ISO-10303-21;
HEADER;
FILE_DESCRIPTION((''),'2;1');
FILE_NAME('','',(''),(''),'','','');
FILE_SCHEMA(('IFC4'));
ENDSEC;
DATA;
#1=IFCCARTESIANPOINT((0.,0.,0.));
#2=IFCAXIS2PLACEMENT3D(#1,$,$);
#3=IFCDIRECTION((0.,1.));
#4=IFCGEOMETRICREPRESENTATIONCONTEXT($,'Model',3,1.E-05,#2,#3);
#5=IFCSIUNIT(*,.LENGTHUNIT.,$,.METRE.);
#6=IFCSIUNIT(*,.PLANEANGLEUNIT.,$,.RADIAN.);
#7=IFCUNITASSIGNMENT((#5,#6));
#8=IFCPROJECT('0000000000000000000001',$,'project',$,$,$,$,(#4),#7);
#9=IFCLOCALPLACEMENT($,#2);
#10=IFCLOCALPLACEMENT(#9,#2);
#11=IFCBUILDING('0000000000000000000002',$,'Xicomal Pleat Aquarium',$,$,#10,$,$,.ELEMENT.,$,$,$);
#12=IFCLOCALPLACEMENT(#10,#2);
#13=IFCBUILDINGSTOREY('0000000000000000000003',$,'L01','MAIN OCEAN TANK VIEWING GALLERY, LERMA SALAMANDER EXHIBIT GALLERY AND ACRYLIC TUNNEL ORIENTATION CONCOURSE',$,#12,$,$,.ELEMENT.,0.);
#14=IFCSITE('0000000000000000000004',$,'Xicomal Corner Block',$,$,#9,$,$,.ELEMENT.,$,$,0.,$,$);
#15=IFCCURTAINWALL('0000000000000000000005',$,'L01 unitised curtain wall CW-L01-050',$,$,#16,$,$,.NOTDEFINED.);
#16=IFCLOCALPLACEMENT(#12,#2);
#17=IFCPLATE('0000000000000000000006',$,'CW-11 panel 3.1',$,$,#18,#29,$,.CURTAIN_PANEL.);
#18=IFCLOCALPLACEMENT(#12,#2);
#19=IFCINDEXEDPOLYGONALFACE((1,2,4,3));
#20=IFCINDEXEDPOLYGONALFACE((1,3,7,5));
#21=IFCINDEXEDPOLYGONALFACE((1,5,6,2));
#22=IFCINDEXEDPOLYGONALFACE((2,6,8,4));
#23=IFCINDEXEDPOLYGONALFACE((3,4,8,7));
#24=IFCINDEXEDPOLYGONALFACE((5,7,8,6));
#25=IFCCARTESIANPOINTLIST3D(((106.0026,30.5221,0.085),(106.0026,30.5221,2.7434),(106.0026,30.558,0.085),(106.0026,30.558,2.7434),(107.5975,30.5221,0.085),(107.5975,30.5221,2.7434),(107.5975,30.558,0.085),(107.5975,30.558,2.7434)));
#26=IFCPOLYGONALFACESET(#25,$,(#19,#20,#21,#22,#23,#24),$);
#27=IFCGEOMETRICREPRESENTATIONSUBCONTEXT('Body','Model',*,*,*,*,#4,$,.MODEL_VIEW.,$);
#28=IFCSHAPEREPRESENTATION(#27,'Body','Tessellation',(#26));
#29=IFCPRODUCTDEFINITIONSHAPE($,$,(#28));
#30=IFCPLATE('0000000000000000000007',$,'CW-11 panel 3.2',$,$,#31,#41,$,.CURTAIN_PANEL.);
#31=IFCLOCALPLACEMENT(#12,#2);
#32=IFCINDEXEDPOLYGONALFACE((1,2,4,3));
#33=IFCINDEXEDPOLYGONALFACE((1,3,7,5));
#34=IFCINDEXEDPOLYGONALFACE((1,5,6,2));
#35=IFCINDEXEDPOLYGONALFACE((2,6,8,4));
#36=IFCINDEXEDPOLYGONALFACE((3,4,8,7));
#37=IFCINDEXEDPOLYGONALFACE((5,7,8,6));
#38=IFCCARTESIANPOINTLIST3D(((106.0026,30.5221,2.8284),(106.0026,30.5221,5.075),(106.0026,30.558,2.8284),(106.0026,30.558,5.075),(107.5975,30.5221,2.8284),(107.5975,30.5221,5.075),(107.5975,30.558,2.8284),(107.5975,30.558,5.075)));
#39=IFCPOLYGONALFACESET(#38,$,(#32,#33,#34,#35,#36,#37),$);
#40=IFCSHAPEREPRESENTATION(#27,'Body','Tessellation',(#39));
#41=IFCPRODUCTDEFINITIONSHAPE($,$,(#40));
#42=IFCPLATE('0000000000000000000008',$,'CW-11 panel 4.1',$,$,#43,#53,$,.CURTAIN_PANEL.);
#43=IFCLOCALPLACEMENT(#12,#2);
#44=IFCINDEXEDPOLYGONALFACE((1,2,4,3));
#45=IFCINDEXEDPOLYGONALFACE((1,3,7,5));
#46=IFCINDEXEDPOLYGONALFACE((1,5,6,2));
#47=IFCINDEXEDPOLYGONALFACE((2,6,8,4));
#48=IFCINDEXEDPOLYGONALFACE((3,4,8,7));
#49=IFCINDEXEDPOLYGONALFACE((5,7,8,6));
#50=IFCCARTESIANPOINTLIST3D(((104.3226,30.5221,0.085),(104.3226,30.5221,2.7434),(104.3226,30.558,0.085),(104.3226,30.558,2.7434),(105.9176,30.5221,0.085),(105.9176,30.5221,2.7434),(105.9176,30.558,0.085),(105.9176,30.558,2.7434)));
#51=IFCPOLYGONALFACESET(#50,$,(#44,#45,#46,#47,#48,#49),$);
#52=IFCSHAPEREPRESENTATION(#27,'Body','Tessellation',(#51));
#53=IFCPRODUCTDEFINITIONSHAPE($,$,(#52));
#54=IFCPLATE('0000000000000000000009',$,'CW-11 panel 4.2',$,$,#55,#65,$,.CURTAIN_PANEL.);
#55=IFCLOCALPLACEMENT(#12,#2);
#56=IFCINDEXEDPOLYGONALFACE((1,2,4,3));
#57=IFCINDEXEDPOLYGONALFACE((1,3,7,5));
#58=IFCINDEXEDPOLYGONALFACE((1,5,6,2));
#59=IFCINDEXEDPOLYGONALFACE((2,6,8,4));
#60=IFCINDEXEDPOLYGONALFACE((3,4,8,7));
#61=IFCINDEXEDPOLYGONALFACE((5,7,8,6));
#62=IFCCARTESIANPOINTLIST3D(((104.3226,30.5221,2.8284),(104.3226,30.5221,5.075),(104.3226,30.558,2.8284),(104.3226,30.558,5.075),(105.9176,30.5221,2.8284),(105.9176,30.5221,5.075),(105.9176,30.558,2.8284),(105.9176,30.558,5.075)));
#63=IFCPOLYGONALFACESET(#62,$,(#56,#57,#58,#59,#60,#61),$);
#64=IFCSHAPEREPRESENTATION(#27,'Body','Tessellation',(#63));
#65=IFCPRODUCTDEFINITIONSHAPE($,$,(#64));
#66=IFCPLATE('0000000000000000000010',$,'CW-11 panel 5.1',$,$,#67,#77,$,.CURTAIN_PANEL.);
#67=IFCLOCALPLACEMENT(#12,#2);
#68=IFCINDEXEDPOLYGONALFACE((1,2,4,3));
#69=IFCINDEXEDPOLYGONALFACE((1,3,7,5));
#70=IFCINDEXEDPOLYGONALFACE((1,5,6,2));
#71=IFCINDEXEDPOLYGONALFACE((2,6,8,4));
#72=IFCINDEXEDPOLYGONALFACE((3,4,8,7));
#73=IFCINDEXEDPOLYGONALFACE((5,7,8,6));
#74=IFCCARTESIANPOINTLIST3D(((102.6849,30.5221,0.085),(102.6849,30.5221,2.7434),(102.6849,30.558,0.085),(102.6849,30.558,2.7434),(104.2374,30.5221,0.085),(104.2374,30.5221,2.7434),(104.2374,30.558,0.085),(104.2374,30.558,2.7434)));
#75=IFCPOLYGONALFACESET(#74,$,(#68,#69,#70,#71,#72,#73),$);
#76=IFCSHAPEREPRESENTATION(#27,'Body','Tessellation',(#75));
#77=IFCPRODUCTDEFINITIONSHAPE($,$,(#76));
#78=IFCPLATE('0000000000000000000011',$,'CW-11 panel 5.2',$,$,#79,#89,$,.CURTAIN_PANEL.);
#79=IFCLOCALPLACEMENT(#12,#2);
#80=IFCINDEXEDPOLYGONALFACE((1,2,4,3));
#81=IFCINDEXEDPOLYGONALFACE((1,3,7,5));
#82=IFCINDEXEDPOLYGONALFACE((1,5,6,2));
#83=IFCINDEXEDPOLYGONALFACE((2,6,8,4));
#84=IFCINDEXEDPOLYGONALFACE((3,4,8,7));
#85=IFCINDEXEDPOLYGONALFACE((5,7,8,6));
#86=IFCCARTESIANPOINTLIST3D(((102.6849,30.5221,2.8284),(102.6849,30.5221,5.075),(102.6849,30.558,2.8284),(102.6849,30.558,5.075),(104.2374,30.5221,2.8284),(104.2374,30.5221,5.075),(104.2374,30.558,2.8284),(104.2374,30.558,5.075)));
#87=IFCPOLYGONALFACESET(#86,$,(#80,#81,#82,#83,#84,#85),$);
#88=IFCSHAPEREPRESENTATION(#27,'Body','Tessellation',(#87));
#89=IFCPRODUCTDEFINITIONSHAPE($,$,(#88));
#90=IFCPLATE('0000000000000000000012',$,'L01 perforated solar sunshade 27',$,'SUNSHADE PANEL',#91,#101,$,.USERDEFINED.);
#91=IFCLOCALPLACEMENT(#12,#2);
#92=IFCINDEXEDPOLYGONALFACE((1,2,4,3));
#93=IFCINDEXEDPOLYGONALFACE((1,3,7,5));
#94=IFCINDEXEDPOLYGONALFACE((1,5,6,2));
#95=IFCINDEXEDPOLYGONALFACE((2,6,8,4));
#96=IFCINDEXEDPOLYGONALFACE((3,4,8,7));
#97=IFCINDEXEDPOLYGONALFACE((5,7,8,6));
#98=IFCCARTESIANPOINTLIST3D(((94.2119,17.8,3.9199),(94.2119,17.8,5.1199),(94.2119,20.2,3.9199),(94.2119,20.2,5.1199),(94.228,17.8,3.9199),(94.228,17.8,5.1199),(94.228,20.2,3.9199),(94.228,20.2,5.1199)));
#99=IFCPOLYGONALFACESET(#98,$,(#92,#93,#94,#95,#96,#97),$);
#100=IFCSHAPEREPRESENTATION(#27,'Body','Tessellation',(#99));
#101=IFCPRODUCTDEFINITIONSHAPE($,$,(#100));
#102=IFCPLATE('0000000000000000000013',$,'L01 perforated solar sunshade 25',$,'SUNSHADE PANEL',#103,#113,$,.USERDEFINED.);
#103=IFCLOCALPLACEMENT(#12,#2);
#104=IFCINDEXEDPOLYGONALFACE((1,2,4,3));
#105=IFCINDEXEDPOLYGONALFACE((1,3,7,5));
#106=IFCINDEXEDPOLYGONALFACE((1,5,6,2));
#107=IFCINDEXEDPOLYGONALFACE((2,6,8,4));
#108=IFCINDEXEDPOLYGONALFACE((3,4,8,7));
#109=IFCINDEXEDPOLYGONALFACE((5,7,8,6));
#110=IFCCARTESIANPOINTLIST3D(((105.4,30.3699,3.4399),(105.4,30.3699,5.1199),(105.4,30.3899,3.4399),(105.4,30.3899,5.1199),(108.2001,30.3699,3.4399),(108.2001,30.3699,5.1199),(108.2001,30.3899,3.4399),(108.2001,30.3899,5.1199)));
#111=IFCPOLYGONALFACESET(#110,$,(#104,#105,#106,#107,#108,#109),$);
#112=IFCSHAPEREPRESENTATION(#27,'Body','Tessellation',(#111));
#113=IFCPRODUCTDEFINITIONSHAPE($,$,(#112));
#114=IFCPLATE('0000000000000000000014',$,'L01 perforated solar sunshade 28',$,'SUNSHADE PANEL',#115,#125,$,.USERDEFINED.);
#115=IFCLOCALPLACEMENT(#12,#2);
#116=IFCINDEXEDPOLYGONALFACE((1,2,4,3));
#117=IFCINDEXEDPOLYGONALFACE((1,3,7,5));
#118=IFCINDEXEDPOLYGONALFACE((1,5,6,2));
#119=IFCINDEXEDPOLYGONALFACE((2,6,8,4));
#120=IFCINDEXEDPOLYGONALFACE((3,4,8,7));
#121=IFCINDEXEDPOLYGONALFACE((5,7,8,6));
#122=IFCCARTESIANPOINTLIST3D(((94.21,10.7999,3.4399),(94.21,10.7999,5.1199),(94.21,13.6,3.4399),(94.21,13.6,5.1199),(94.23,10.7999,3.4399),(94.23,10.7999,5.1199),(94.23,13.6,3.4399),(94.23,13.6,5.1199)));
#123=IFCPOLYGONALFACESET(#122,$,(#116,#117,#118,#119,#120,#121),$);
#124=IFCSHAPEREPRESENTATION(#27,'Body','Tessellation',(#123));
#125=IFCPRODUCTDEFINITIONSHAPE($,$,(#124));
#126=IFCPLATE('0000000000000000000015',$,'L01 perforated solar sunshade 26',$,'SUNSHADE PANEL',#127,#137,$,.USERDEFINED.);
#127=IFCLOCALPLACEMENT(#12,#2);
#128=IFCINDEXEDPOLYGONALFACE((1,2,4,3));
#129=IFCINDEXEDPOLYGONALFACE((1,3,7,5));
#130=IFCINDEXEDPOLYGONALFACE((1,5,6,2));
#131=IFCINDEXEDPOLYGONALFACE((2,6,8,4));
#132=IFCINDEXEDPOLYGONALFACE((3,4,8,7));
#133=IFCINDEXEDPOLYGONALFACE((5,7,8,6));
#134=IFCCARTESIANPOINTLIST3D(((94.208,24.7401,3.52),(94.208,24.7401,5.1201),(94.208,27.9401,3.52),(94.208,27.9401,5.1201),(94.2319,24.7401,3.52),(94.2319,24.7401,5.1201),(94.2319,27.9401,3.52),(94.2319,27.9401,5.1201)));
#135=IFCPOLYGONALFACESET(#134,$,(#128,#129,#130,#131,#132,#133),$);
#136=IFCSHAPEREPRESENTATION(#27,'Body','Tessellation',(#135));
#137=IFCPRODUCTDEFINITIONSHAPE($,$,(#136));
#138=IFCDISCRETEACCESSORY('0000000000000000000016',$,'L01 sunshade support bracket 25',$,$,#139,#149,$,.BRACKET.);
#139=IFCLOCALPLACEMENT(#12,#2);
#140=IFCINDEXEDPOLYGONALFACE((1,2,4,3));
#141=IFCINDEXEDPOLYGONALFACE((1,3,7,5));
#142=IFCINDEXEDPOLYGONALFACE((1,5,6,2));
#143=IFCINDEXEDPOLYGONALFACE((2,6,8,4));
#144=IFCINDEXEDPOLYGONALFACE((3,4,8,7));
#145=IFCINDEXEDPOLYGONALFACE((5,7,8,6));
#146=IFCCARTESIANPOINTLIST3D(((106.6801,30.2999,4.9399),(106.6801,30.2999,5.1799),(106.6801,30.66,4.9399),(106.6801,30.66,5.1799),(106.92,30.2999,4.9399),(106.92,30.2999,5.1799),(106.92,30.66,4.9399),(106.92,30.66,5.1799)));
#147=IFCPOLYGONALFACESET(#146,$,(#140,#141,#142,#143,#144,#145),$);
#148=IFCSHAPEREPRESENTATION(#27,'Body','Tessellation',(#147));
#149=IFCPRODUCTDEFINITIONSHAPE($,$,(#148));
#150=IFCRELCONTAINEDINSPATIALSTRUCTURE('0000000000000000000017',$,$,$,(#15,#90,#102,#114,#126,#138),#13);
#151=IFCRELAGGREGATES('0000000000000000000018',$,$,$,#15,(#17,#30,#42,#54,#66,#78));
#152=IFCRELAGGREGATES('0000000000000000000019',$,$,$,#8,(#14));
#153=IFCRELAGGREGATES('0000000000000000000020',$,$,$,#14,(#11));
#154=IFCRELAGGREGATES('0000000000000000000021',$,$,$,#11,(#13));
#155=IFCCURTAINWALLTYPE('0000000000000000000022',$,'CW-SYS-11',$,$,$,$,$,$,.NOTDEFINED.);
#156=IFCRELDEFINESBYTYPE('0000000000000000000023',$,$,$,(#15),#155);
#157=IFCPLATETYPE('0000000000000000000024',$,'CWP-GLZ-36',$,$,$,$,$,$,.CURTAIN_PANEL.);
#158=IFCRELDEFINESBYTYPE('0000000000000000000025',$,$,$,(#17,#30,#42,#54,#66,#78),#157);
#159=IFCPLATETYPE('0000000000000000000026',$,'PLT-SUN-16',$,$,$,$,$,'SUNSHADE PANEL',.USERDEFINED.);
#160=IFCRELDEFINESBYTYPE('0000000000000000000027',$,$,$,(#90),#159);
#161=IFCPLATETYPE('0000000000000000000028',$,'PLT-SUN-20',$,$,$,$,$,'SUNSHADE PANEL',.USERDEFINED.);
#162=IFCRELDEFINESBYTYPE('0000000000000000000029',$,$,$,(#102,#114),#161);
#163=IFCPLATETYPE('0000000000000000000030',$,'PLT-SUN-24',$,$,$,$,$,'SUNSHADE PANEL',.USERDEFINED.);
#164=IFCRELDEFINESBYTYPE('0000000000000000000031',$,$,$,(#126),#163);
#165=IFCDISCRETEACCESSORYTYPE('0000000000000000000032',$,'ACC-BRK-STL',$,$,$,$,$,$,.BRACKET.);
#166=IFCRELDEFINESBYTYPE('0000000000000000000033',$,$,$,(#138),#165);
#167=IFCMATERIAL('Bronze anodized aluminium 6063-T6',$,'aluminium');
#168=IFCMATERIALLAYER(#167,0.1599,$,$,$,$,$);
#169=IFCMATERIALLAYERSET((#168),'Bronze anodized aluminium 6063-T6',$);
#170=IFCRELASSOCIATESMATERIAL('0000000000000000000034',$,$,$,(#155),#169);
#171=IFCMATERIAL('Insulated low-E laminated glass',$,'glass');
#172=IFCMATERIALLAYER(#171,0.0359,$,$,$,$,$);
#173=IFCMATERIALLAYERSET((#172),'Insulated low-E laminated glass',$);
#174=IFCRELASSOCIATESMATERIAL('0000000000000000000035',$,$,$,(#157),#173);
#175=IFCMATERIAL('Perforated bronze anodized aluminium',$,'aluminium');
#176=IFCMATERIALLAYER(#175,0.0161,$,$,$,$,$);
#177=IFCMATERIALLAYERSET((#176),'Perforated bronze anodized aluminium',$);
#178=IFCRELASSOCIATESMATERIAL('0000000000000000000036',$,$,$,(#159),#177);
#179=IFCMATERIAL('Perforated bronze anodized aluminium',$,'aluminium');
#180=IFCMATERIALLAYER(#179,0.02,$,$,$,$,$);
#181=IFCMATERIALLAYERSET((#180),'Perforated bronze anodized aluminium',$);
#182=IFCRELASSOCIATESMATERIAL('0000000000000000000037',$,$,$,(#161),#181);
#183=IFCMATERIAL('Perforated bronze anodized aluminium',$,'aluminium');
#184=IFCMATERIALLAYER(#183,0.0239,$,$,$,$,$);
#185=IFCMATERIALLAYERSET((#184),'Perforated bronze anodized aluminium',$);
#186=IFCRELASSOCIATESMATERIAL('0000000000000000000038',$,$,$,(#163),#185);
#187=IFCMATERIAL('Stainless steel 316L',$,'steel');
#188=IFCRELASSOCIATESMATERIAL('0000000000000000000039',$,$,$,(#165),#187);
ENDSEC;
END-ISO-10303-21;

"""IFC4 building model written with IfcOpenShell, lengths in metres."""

from ifc_helpers import new_model, si_unit, direction, frame, origin, origin_2d, place, context, subcontext, project, spatial, rectangle, extrude, material, layer, layer_set, type_object, element, aggregate, save


model = new_model("IFC4")

# Units and contexts
model_context = context("Model", 3, precision=1e-05, world=origin(), true_north=direction((0.0, 1.0)))
body_context = subcontext(model_context, "Body", "Model", "MODEL_VIEW")
ifc_project = project(units=[si_unit("LENGTHUNIT", "METRE"), si_unit("PLANEANGLEUNIT", "RADIAN")], contexts=[model_context])

# Site, building, storey
site_placement = place(None, origin())
site = spatial("IfcSite", under=ifc_project, at=site_placement, Name="Xicomal Corner Block", CompositionType="ELEMENT", RefElevation=0.0)
building_placement = place(site_placement, origin())
building = spatial("IfcBuilding", under=site, at=building_placement, Name="Xicomal Pleat Aquarium", CompositionType="ELEMENT")
storey_placement = place(building_placement, origin())
storey = spatial("IfcBuildingStorey", under=building, at=storey_placement, Name="L01", Description="MAIN OCEAN TANK VIEWING GALLERY, LERMA SALAMANDER EXHIBIT GALLERY AND ACRYLIC TUNNEL ORIENTATION CONCOURSE", CompositionType="ELEMENT", Elevation=0.0)

# Curtain wall, plates
ifc_material_1 = material(Name="Bronze anodized aluminium 6063-T6", Category="aluminium")
ifc_layer_1 = layer(ifc_material_1, 0.1599)
ifc_layer_set_1 = layer_set([ifc_layer_1], Name="Bronze anodized aluminium 6063-T6")
curtain_wall_type = type_object("IfcCurtainWallType", Name="CW-SYS-11", PredefinedType="NOTDEFINED", material=ifc_layer_set_1)
curtain_wall_placement = place(storey_placement, origin())
curtain_wall = element("IfcCurtainWall", 1, at=curtain_wall_placement, inside=storey, type_object=curtain_wall_type, Name="L01 unitised curtain wall CW-L01-050", PredefinedType="NOTDEFINED")
ifc_material_2 = material(Name="Insulated low-E laminated glass", Category="glass")
ifc_layer_2 = layer(ifc_material_2, 0.0359)
ifc_layer_set_2 = layer_set([ifc_layer_2], Name="Insulated low-E laminated glass")
plate_type_1 = type_object("IfcPlateType", Name="CWP-GLZ-36", PredefinedType="CURTAIN_PANEL", material=ifc_layer_set_2)
plate_1_placement = place(storey_placement, frame((106.8, 30.54, 0.085), z_axis=(0.0, 0.0, 1.0), x_axis=(-1.0, 0.0, 0.0)))
plate_1 = element("IfcPlate", 2, at=plate_1_placement, type_object=plate_type_1, Name="CW-11 panel 3.1", PredefinedType="CURTAIN_PANEL", context=body_context, shape_type="SweptSolid", body=[
    extrude(rectangle(XDim=1.595, YDim=0.0359, at=origin_2d()), origin(), (0.0, 0.0, 1.0), 2.6584),
])
plate_2_placement = place(storey_placement, frame((106.8, 30.54, 2.8284), z_axis=(0.0, 0.0, 1.0), x_axis=(-1.0, 0.0, 0.0)))
plate_2 = element("IfcPlate", 3, at=plate_2_placement, type_object=plate_type_1, Name="CW-11 panel 3.2", PredefinedType="CURTAIN_PANEL", context=body_context, shape_type="SweptSolid", body=[
    extrude(rectangle(XDim=1.595, YDim=0.0359, at=origin_2d()), origin(), (0.0, 0.0, 1.0), 2.2466),
])
plate_3_placement = place(storey_placement, frame((105.1201, 30.54, 0.085), z_axis=(0.0, 0.0, 1.0), x_axis=(-1.0, 0.0, 0.0)))
plate_3 = element("IfcPlate", 4, at=plate_3_placement, type_object=plate_type_1, Name="CW-11 panel 4.1", PredefinedType="CURTAIN_PANEL", context=body_context, shape_type="SweptSolid", body=[
    extrude(rectangle(XDim=1.595, YDim=0.0359, at=origin_2d()), origin(), (0.0, 0.0, 1.0), 2.6584),
])
plate_4_placement = place(storey_placement, frame((105.1201, 30.54, 2.8284), z_axis=(0.0, 0.0, 1.0), x_axis=(-1.0, 0.0, 0.0)))
plate_4 = element("IfcPlate", 5, at=plate_4_placement, type_object=plate_type_1, Name="CW-11 panel 4.2", PredefinedType="CURTAIN_PANEL", context=body_context, shape_type="SweptSolid", body=[
    extrude(rectangle(XDim=1.595, YDim=0.0359, at=origin_2d()), origin(), (0.0, 0.0, 1.0), 2.2466),
])
plate_5_placement = place(storey_placement, frame((103.4612, 30.54, 0.085), z_axis=(0.0, 0.0, 1.0), x_axis=(-1.0, 0.0, 0.0)))
plate_5 = element("IfcPlate", 6, at=plate_5_placement, type_object=plate_type_1, Name="CW-11 panel 5.1", PredefinedType="CURTAIN_PANEL", context=body_context, shape_type="SweptSolid", body=[
    extrude(rectangle(XDim=1.5525, YDim=0.0359, at=origin_2d()), origin(), (0.0, 0.0, 1.0), 2.6584),
])
plate_6_placement = place(storey_placement, frame((103.4612, 30.54, 2.8284), z_axis=(0.0, 0.0, 1.0), x_axis=(-1.0, 0.0, 0.0)))
plate_6 = element("IfcPlate", 7, at=plate_6_placement, type_object=plate_type_1, Name="CW-11 panel 5.2", PredefinedType="CURTAIN_PANEL", context=body_context, shape_type="SweptSolid", body=[
    extrude(rectangle(XDim=1.5525, YDim=0.0359, at=origin_2d()), origin(), (0.0, 0.0, 1.0), 2.2466),
])
aggregate(curtain_wall, [plate_1, plate_2, plate_3, plate_4, plate_5, plate_6])

# Plates
ifc_material_3 = material(Name="Perforated bronze anodized aluminium", Category="aluminium")
ifc_layer_3 = layer(ifc_material_3, 0.0161)
ifc_layer_set_3 = layer_set([ifc_layer_3], Name="Perforated bronze anodized aluminium")
plate_type_2 = type_object("IfcPlateType", Name="PLT-SUN-16", ElementType="SUNSHADE PANEL", PredefinedType="USERDEFINED", material=ifc_layer_set_3)
plate_7_placement = place(storey_placement, frame((94.22, 19.0, 3.9199), z_axis=(0.0, 0.0, 1.0), x_axis=(0.0, -1.0, 0.0)))
element("IfcPlate", 8, at=plate_7_placement, inside=storey, type_object=plate_type_2, Name="L01 perforated solar sunshade 27", ObjectType="SUNSHADE PANEL", PredefinedType="USERDEFINED", context=body_context, shape_type="SweptSolid", body=[
    extrude(rectangle(XDim=2.3999, YDim=0.0161, at=origin_2d()), origin(), (0.0, 0.0, 1.0), 1.2),
])
ifc_material_4 = material(Name="Perforated bronze anodized aluminium", Category="aluminium")
ifc_layer_4 = layer(ifc_material_4, 0.02)
ifc_layer_set_4 = layer_set([ifc_layer_4], Name="Perforated bronze anodized aluminium")
plate_type_3 = type_object("IfcPlateType", Name="PLT-SUN-20", ElementType="SUNSHADE PANEL", PredefinedType="USERDEFINED", material=ifc_layer_set_4)
for number, where, z_axis, x_axis, name in (
    (9, (106.8, 30.3799, 3.4399), (0.0, 0.0, 1.0), (-1.0, 0.0, 0.0), "L01 perforated solar sunshade 25"),
    (10, (94.22, 12.2, 3.4399), (0.0, 0.0, 1.0), (0.0, -1.0, 0.0), "L01 perforated solar sunshade 28"),
):
    element("IfcPlate", number, at=place(storey_placement, frame(where, z_axis=z_axis, x_axis=x_axis)), inside=storey, type_object=plate_type_3, Name=name, ObjectType="SUNSHADE PANEL", PredefinedType="USERDEFINED", context=body_context, shape_type="SweptSolid", body=[
        extrude(rectangle(XDim=2.8, YDim=0.02, at=origin_2d()), origin(), (0.0, 0.0, 1.0), 1.6799),
    ])
ifc_material_5 = material(Name="Perforated bronze anodized aluminium", Category="aluminium")
ifc_layer_5 = layer(ifc_material_5, 0.0239)
ifc_layer_set_5 = layer_set([ifc_layer_5], Name="Perforated bronze anodized aluminium")
plate_type_4 = type_object("IfcPlateType", Name="PLT-SUN-24", ElementType="SUNSHADE PANEL", PredefinedType="USERDEFINED", material=ifc_layer_set_5)
plate_8_placement = place(storey_placement, frame((94.22, 26.3401, 3.52), z_axis=(0.0, 0.0, 1.0), x_axis=(0.0, -1.0, 0.0)))
element("IfcPlate", 11, at=plate_8_placement, inside=storey, type_object=plate_type_4, Name="L01 perforated solar sunshade 26", ObjectType="SUNSHADE PANEL", PredefinedType="USERDEFINED", context=body_context, shape_type="SweptSolid", body=[
    extrude(rectangle(XDim=3.2, YDim=0.0239, at=origin_2d()), origin(), (0.0, 0.0, 1.0), 1.6001),
])

# Discrete accessory
ifc_material_6 = material(Name="Stainless steel 316L", Category="steel")
discrete_accessory_type = type_object("IfcDiscreteAccessoryType", Name="ACC-BRK-STL", PredefinedType="BRACKET", material=ifc_material_6)
discrete_accessory_placement = place(storey_placement, frame((106.8, 30.48, 4.9399), z_axis=(0.0, 0.0, 1.0), x_axis=(-1.0, 0.0, 0.0)))
element("IfcDiscreteAccessory", 12, at=discrete_accessory_placement, inside=storey, type_object=discrete_accessory_type, Name="L01 sunshade support bracket 25", PredefinedType="BRACKET", context=body_context, shape_type="SweptSolid", body=[
    extrude(rectangle(XDim=0.24, YDim=0.3601, at=origin_2d()), origin(), (0.0, 0.0, 1.0), 0.24),
])

save(model, "model.ifc")
